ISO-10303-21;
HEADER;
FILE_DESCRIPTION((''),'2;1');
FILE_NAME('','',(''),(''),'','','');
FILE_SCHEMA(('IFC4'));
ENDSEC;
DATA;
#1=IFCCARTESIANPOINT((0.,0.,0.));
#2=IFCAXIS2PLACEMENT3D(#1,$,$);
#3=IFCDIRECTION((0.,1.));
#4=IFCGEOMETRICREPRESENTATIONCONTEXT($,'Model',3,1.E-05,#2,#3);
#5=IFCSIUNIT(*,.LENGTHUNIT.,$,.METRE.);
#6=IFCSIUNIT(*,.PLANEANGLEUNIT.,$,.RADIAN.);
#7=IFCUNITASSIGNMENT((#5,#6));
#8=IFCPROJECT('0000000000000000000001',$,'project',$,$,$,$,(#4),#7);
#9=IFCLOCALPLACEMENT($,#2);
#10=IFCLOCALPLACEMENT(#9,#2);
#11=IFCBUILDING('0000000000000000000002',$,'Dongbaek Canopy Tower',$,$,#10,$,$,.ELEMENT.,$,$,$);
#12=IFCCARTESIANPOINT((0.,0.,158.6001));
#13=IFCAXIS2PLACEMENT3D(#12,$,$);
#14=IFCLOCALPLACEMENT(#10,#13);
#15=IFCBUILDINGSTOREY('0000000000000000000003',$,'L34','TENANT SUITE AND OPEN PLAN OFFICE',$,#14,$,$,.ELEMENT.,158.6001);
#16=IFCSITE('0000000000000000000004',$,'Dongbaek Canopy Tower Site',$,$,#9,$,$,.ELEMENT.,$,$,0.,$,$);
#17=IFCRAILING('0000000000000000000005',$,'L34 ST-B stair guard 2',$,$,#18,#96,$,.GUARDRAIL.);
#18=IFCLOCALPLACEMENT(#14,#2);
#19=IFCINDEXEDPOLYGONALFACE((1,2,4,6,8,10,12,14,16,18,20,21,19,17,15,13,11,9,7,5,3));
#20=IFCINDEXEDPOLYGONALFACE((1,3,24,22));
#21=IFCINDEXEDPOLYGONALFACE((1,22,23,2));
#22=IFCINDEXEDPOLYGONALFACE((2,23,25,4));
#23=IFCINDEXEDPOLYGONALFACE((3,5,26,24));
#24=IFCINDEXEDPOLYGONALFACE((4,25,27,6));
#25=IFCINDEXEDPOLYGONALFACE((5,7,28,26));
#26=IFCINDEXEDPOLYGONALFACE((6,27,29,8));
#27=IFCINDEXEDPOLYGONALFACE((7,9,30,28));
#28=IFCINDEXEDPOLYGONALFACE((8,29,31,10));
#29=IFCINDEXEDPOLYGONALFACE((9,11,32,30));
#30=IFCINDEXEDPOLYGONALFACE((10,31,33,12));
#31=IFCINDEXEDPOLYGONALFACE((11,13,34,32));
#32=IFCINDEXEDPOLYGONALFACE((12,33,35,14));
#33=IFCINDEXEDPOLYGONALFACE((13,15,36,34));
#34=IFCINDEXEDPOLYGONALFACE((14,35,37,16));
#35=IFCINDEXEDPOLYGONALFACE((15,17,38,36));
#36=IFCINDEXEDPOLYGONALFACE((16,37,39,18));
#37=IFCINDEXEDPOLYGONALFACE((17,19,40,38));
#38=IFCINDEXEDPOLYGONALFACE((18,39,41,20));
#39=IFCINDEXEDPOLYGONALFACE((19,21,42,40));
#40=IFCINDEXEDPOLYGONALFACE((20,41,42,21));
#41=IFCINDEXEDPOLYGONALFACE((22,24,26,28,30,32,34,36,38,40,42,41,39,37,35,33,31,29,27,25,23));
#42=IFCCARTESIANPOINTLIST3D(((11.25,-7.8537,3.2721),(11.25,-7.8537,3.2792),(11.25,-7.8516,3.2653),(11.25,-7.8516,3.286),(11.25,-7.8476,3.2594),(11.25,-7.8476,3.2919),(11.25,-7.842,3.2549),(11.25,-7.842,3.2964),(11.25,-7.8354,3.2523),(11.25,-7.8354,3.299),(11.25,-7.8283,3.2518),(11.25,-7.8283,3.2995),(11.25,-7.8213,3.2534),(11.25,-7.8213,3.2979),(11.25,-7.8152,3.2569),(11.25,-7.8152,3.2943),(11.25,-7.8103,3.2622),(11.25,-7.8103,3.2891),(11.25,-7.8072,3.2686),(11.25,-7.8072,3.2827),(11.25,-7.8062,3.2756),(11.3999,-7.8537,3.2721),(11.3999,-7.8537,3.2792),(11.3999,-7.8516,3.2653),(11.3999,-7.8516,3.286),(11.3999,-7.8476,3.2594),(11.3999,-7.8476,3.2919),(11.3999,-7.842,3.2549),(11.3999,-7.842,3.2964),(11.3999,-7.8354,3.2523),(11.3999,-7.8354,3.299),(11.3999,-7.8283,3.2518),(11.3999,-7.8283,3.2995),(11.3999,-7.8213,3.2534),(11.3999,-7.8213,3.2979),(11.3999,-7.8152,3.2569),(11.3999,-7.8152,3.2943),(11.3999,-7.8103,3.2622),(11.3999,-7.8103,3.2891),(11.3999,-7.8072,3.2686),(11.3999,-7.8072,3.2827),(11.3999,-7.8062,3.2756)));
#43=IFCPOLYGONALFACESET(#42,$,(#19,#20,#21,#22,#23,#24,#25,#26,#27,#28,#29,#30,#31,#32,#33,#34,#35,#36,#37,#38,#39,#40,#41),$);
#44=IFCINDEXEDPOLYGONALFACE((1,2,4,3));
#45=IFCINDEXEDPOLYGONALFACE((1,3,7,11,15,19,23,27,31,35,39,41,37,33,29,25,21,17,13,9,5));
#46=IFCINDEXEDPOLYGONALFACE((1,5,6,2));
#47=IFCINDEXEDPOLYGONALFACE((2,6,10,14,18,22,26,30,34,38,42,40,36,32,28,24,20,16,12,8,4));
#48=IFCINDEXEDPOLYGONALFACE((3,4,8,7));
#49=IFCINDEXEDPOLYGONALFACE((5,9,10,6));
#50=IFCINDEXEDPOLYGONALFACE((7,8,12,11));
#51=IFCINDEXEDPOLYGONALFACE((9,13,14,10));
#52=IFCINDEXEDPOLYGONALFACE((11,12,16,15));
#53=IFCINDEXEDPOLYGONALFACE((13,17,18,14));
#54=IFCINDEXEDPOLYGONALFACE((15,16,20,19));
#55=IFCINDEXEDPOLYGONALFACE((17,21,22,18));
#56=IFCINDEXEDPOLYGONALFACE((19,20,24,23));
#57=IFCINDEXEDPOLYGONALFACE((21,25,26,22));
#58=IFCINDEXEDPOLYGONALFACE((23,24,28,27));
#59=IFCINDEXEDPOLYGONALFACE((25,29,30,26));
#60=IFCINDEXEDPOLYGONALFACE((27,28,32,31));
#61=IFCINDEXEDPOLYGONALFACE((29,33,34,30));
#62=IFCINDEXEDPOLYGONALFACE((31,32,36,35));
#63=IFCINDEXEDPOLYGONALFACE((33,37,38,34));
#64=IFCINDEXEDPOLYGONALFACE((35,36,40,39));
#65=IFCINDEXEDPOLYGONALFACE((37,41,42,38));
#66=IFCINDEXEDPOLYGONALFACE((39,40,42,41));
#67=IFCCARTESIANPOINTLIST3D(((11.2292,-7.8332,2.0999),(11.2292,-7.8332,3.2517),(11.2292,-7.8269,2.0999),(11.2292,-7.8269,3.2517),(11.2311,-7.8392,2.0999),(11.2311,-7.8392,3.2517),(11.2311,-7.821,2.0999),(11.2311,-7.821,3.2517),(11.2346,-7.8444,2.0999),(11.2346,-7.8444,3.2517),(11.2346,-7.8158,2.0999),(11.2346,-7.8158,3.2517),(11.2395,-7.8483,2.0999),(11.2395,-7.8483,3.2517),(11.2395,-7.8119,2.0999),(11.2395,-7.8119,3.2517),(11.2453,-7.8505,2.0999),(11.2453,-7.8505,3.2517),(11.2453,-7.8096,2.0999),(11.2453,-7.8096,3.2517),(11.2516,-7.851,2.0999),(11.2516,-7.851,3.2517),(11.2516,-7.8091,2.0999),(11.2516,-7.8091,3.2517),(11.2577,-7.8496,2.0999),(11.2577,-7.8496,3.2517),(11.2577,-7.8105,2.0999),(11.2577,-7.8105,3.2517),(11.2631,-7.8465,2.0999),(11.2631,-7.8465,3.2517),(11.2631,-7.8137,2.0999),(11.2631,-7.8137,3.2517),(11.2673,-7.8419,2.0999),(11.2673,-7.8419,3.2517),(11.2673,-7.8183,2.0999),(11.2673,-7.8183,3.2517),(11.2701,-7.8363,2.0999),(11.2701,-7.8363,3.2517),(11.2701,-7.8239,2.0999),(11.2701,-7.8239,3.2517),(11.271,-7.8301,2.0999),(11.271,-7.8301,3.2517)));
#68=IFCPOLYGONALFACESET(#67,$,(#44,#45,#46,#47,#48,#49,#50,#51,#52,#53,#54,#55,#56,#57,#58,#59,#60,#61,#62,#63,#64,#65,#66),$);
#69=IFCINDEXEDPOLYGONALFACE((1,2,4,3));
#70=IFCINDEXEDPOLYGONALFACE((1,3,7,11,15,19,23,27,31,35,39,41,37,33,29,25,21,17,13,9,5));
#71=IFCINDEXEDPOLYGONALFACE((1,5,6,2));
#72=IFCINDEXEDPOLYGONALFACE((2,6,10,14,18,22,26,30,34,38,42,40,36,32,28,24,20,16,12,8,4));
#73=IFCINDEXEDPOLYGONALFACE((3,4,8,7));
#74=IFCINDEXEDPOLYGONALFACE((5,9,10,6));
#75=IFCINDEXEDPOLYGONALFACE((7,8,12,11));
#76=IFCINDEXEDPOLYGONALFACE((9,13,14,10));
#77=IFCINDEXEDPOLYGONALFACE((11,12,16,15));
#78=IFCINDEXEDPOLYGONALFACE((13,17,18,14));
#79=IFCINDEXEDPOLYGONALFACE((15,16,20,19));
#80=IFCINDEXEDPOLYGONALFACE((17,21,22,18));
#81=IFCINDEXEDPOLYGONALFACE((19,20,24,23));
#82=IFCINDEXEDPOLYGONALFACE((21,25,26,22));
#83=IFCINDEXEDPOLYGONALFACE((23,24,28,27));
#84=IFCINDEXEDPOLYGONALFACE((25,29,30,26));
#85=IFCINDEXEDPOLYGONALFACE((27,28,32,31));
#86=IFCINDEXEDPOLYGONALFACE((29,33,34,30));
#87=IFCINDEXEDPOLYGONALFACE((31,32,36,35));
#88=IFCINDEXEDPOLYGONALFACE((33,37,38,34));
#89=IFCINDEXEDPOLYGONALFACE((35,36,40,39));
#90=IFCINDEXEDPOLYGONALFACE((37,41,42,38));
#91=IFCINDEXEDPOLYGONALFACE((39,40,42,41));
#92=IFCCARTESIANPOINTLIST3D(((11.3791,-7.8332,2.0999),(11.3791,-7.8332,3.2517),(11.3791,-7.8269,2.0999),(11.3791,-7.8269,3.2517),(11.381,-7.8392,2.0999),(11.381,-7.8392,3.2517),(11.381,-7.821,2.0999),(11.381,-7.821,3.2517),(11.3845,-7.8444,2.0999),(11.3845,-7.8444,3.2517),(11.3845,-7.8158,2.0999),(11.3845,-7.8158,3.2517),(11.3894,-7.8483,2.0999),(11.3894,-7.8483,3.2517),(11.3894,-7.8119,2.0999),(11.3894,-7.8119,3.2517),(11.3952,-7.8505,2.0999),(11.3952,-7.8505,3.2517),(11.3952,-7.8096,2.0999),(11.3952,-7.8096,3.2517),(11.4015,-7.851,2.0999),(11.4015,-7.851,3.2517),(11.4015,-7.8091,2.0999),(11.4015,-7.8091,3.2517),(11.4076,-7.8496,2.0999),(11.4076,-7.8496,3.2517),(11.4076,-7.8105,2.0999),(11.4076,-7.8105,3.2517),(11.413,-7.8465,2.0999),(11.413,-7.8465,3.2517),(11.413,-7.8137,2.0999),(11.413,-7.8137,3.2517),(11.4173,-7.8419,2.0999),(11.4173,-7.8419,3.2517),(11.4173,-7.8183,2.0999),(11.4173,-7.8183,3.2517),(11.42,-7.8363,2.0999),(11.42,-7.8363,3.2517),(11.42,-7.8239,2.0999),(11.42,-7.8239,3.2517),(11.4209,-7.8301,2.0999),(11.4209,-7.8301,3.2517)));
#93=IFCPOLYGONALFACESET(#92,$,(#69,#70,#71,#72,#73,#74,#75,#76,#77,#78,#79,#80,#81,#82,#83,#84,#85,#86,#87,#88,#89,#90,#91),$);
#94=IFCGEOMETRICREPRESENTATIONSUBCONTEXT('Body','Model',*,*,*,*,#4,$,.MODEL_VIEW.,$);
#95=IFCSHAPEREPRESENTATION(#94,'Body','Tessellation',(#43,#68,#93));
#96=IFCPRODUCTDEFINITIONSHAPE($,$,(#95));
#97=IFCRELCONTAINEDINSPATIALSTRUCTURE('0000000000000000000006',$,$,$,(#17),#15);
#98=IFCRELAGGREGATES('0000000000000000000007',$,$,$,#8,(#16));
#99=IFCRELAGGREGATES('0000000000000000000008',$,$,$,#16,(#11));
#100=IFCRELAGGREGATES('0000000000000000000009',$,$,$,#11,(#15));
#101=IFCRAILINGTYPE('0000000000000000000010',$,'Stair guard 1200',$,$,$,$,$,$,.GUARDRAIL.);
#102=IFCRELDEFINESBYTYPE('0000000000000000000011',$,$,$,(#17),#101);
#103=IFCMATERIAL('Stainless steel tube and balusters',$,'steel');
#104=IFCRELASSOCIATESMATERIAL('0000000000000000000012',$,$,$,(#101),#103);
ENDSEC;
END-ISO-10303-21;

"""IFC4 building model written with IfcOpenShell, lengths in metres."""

from ifc_helpers import new_model, si_unit, direction, frame, origin, origin_2d, place, context, subcontext, project, spatial, circle, extrude, material, type_object, element, save


model = new_model("IFC4")

# Units and contexts
model_context = context("Model", 3, precision=1e-05, world=origin(), true_north=direction((0.0, 1.0)))
body_context = subcontext(model_context, "Body", "Model", "MODEL_VIEW")
ifc_project = project(units=[si_unit("LENGTHUNIT", "METRE"), si_unit("PLANEANGLEUNIT", "RADIAN")], contexts=[model_context])

# Site, building, storey
site_placement = place(None, origin())
site = spatial("IfcSite", under=ifc_project, at=site_placement, Name="Dongbaek Canopy Tower Site", CompositionType="ELEMENT", RefElevation=0.0)
building_placement = place(site_placement, origin())
building = spatial("IfcBuilding", under=site, at=building_placement, Name="Dongbaek Canopy Tower", CompositionType="ELEMENT")
storey_placement = place(building_placement, frame((0.0, 0.0, 158.6001)))
storey = spatial("IfcBuildingStorey", under=building, at=storey_placement, Name="L34", Description="TENANT SUITE AND OPEN PLAN OFFICE", CompositionType="ELEMENT", Elevation=158.6001)

# Railing
ifc_material_1 = material(Name="Stainless steel tube and balusters", Category="steel")
railing_type_1 = type_object("IfcRailingType", Name="Stair guard 1200", PredefinedType="GUARDRAIL", material=ifc_material_1)
railing_1_placement = place(storey_placement, frame((11.25, -7.8301, 2.0999)))
element("IfcRailing", 1, at=railing_1_placement, inside=storey, type_object=railing_type_1, Name="L34 ST-B stair guard 2", PredefinedType="GUARDRAIL", context=body_context, shape_type="SweptSolid", body=[
    extrude(circle(Radius=0.0239, at=origin_2d()), frame((0.0, 0.0, 1.1758), z_axis=(1.0, 0.0, 0.0), x_axis=(0.0, 1.0, 0.0)), (0.0, 0.0, 1.0), 0.1499),
    extrude(circle(Radius=0.021, at=origin_2d()), origin(), (0.0, 0.0, 1.0), 1.1519),
    extrude(circle(Radius=0.021, at=origin_2d()), frame((0.1499, 0.0, 0.0)), (0.0, 0.0, 1.0), 1.1519),
])

save(model, "model.ifc")
